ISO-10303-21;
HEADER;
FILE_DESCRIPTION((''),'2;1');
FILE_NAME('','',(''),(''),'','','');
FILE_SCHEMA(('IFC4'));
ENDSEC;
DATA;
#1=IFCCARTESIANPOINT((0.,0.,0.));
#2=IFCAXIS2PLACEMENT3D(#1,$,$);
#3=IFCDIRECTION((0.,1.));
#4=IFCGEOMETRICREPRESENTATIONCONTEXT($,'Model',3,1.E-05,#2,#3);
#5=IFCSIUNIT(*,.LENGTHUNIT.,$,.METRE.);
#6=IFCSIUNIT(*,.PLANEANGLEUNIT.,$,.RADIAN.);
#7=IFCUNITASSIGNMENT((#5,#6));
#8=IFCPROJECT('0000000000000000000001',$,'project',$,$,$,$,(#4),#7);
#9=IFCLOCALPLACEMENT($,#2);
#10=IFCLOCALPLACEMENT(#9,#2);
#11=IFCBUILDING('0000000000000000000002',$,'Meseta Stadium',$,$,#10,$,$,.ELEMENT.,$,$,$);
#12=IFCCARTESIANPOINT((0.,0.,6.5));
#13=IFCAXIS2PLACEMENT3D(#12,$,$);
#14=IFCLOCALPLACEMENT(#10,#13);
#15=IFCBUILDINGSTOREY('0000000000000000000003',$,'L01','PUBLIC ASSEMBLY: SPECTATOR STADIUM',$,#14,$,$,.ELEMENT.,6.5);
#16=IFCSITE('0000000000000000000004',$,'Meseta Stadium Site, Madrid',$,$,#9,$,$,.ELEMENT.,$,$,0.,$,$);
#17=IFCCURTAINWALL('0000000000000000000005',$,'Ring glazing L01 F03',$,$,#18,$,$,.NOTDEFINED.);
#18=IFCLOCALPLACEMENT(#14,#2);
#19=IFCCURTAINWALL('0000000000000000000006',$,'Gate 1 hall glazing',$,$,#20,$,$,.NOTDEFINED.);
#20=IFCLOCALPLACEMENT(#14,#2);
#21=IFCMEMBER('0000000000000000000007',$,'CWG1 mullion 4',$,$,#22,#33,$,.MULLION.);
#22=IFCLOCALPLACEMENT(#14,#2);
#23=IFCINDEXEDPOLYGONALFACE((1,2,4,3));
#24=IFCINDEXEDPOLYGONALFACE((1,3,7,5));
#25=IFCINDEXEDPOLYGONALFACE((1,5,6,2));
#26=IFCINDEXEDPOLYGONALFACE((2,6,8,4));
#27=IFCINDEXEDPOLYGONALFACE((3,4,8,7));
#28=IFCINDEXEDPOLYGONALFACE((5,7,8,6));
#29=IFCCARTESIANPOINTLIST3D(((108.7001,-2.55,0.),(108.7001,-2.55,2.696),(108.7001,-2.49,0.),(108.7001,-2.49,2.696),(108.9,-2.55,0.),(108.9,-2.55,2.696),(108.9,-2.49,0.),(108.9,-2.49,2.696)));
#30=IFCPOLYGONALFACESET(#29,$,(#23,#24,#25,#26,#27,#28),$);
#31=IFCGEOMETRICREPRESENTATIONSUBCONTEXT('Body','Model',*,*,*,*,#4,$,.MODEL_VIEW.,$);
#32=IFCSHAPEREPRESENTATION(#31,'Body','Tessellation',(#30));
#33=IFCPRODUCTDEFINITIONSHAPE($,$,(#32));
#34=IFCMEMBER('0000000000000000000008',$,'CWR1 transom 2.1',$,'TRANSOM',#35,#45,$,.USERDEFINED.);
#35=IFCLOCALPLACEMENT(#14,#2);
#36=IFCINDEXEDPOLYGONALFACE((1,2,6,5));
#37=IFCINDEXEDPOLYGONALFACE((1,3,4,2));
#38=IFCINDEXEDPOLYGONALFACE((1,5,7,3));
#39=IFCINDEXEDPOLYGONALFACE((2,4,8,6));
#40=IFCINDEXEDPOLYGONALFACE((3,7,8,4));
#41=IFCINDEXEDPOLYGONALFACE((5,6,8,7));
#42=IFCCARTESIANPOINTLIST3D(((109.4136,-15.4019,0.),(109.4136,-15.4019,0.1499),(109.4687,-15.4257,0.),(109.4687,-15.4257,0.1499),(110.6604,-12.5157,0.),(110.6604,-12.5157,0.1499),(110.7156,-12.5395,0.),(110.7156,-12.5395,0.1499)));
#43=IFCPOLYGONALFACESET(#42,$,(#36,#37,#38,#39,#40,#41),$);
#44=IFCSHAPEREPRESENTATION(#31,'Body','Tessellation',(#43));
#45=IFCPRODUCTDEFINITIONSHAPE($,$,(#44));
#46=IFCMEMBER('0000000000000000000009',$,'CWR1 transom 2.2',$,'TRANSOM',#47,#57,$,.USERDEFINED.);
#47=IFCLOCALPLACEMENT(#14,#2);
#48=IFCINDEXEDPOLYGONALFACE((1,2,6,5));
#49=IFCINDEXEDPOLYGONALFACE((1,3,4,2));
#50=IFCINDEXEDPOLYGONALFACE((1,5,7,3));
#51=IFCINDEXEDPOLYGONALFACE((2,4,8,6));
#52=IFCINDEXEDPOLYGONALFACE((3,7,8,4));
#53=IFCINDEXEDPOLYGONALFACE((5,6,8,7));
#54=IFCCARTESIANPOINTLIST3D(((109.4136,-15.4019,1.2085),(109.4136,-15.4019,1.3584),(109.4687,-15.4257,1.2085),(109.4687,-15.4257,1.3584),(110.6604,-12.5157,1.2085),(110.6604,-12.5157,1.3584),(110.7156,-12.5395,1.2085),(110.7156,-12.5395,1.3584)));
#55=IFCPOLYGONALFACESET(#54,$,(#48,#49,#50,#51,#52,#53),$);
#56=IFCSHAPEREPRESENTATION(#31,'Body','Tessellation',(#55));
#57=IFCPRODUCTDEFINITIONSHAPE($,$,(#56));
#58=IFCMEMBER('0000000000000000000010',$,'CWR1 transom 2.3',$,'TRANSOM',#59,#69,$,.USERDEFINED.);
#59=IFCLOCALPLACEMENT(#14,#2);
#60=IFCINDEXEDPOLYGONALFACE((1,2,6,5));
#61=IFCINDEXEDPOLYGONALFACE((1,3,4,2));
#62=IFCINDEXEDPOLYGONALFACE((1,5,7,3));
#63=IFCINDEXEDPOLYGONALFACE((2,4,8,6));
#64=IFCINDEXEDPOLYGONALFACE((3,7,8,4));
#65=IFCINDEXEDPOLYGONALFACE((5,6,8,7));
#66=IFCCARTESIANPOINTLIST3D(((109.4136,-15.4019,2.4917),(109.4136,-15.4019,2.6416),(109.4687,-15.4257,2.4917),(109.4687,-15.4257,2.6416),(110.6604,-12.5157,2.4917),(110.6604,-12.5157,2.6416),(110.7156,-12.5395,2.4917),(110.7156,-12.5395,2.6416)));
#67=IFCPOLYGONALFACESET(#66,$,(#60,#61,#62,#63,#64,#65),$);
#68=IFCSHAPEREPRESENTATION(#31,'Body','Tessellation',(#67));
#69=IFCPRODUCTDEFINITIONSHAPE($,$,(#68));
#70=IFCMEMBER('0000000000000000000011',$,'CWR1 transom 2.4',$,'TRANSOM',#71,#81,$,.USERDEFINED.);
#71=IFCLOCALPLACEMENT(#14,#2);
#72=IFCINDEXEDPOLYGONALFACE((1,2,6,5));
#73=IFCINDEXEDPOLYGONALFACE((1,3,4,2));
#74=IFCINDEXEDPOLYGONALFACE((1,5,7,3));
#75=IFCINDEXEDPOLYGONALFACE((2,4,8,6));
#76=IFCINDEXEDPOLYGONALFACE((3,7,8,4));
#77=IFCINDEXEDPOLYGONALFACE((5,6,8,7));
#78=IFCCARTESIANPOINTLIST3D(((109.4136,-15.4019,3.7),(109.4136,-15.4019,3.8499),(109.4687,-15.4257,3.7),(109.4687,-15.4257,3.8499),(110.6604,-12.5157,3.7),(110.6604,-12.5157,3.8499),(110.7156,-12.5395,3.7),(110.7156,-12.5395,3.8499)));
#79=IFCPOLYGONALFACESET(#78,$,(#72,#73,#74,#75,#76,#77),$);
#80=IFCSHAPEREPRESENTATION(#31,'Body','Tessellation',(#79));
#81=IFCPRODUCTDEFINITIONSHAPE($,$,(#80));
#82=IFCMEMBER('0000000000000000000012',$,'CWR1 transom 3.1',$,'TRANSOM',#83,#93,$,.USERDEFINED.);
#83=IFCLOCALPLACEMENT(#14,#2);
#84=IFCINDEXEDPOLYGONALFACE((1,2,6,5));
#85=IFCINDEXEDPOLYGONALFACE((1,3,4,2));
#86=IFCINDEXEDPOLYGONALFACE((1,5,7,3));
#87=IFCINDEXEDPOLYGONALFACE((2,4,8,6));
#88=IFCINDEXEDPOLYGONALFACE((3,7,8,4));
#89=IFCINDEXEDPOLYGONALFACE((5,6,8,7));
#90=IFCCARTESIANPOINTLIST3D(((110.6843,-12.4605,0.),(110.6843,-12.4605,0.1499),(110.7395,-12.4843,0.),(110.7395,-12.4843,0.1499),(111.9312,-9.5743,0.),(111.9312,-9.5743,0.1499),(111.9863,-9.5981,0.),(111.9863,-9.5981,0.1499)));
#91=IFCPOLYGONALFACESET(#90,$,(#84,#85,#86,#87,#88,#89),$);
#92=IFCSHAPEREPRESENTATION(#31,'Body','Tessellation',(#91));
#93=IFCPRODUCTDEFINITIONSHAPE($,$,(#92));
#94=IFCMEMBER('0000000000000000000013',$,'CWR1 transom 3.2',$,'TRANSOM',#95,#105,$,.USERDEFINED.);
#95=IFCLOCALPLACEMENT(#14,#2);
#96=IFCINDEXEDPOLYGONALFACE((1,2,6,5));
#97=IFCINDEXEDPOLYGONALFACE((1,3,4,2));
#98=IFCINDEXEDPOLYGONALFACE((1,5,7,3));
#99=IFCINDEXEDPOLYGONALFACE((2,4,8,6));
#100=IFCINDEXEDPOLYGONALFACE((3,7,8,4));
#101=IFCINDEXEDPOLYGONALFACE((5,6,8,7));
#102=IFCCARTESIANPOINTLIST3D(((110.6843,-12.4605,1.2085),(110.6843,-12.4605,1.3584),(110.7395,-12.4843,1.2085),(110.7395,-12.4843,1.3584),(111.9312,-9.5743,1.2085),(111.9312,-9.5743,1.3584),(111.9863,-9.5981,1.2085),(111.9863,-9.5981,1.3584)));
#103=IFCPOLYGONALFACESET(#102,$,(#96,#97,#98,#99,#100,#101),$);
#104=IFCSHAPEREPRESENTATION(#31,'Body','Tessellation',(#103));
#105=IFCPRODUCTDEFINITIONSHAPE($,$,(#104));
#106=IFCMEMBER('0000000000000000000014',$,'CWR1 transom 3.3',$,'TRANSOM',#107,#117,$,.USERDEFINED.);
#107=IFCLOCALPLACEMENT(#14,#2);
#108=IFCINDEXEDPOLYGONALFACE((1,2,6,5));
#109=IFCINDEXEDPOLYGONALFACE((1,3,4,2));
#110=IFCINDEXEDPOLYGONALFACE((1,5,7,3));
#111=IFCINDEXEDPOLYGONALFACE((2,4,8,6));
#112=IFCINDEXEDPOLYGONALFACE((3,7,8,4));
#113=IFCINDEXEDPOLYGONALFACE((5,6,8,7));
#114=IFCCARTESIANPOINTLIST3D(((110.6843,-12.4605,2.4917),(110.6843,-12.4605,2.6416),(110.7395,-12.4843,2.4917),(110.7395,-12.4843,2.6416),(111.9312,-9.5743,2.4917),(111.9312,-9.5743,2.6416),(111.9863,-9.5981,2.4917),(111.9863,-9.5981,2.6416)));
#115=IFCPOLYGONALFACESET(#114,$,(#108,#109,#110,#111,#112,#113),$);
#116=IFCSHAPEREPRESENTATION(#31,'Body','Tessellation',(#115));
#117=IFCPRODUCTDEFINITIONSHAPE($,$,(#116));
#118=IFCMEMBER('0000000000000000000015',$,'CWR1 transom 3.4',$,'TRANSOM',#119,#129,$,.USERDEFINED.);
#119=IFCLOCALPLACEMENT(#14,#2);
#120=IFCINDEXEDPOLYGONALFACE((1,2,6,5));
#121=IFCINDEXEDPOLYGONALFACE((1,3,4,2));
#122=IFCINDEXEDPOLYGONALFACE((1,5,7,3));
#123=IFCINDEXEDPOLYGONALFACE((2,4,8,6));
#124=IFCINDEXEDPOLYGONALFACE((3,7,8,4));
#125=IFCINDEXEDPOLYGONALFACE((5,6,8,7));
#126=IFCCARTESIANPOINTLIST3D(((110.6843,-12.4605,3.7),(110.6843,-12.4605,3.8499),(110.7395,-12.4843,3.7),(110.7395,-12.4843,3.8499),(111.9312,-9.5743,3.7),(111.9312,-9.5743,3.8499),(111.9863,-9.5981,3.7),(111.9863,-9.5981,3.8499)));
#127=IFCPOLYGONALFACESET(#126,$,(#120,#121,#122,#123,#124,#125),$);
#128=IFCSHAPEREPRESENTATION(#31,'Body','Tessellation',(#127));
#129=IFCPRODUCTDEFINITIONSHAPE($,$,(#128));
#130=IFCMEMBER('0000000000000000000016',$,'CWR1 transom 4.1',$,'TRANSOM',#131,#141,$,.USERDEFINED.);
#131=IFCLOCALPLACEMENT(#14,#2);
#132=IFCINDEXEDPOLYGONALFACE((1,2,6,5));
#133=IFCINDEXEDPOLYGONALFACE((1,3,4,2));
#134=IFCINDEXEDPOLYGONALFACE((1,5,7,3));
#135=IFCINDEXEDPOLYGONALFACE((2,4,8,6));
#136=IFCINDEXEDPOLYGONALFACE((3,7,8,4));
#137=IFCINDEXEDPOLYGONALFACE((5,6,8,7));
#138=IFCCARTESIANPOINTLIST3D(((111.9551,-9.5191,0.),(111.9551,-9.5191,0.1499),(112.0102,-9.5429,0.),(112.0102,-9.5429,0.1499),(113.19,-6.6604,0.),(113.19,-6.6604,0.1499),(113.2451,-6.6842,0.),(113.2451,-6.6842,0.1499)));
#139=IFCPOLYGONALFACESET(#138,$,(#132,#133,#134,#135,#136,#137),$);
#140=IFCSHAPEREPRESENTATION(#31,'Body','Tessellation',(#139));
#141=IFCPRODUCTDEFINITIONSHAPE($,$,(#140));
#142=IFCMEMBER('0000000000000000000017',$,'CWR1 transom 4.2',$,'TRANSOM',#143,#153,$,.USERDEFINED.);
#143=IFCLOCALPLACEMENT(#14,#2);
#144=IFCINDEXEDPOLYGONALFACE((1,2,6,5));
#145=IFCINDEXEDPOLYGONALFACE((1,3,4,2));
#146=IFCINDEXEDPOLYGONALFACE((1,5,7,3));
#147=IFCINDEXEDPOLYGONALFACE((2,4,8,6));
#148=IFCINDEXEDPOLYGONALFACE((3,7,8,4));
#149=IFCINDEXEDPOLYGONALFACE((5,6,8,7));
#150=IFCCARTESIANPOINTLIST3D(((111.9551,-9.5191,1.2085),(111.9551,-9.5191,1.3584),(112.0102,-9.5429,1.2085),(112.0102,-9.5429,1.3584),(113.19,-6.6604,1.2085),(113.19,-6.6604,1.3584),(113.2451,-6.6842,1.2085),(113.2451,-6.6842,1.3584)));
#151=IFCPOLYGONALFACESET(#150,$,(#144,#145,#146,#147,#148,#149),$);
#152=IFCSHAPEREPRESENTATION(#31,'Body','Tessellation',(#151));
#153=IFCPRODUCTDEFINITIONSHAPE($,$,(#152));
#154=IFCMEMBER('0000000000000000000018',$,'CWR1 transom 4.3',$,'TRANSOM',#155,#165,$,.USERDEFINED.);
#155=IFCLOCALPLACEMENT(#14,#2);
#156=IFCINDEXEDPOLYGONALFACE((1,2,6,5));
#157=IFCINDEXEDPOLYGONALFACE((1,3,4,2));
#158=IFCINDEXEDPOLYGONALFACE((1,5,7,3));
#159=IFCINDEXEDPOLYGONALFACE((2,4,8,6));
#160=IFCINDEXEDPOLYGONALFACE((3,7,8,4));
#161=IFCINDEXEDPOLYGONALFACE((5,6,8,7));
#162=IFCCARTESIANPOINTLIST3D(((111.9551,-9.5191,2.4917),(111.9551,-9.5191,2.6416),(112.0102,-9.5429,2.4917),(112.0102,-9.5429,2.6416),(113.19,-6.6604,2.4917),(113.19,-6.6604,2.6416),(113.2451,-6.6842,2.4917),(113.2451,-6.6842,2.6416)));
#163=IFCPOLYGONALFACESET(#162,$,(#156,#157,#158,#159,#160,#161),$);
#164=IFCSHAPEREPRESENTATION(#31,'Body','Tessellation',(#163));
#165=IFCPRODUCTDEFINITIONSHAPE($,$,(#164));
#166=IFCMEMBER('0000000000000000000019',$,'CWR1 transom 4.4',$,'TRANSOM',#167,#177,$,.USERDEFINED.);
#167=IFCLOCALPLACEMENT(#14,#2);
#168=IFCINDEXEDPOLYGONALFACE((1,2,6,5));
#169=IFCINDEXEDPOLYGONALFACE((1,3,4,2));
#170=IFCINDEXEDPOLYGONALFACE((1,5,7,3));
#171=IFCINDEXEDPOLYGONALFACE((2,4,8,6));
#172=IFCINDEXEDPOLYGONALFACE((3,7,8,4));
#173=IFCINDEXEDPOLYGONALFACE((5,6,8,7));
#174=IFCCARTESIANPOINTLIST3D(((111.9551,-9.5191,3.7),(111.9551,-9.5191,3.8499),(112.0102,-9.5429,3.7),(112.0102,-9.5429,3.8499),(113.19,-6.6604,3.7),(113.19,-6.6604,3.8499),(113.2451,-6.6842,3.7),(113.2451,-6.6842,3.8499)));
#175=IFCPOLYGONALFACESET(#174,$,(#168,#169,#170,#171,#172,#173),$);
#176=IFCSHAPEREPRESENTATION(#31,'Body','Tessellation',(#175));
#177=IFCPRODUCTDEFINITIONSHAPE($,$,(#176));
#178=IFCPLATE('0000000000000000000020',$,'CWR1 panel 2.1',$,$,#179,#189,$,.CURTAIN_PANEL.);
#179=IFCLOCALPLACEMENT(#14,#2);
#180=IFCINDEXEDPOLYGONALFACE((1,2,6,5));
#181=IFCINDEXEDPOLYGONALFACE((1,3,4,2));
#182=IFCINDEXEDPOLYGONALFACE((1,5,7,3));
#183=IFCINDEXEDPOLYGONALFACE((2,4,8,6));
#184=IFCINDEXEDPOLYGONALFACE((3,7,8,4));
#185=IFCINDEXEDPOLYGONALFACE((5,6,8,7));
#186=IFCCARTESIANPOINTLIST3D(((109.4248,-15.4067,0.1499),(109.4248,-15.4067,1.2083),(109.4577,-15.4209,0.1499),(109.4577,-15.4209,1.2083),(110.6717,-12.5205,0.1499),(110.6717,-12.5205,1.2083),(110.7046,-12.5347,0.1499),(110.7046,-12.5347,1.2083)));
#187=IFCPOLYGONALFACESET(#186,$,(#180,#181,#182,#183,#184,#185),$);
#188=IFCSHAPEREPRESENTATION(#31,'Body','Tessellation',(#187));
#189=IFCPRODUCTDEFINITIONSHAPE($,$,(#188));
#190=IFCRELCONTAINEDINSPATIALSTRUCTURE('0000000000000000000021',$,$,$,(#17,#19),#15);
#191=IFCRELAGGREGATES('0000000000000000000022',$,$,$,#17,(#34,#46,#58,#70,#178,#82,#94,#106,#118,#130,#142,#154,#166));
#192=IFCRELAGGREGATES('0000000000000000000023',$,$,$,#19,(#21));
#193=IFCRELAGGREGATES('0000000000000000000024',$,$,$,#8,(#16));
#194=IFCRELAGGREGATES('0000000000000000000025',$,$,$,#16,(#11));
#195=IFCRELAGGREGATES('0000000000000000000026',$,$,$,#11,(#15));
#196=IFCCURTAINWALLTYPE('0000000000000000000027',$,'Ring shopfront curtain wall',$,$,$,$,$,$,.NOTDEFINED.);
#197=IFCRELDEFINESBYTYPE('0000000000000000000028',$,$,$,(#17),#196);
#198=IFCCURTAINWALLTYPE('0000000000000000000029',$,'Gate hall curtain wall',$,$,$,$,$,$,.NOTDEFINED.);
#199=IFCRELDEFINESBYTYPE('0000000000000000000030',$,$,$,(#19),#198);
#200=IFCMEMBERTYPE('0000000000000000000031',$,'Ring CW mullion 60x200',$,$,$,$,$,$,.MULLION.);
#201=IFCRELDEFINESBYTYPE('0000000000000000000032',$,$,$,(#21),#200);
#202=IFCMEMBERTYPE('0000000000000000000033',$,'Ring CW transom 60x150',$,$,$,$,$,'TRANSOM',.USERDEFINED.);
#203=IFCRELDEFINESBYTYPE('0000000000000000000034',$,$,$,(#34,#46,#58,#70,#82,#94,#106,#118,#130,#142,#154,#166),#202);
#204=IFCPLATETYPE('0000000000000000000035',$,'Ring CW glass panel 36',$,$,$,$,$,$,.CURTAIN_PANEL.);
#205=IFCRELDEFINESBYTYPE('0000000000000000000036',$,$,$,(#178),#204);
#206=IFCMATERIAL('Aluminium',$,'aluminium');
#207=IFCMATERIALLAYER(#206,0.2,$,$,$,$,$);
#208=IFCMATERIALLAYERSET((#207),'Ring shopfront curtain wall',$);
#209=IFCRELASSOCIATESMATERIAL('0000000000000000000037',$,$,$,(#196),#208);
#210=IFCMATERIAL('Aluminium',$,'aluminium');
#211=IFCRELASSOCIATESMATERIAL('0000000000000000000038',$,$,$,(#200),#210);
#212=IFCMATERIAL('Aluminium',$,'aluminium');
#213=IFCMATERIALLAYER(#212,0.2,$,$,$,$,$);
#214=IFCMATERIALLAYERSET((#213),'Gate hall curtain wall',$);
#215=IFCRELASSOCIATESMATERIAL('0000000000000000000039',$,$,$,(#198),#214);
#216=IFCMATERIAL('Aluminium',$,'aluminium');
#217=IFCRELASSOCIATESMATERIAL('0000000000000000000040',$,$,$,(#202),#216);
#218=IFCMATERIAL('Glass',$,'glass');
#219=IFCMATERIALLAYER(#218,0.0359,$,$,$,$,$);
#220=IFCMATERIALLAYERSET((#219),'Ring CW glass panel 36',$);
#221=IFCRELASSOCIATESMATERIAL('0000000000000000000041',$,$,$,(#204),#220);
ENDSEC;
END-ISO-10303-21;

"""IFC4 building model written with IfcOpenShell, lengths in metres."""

from ifc_helpers import new_model, si_unit, direction, frame, origin, origin_2d, place, context, subcontext, project, spatial, rectangle, extrude, material, layer, layer_set, material_profile, profile_set, type_object, element, aggregate, save


model = new_model("IFC4")

# Units and contexts
model_context = context("Model", 3, precision=1e-05, world=origin(), true_north=direction((0.0, 1.0)))
body_context = subcontext(model_context, "Body", "Model", "MODEL_VIEW")
ifc_project = project(units=[si_unit("LENGTHUNIT", "METRE"), si_unit("PLANEANGLEUNIT", "RADIAN")], contexts=[model_context])

# Site, building, storey
site_placement = place(None, origin())
site = spatial("IfcSite", under=ifc_project, at=site_placement, Name="Meseta Stadium Site, Madrid", CompositionType="ELEMENT", RefElevation=0.0)
building_placement = place(site_placement, origin())
building = spatial("IfcBuilding", under=site, at=building_placement, Name="Meseta Stadium", CompositionType="ELEMENT")
storey_placement = place(building_placement, frame((0.0, 0.0, 6.5)))
storey = spatial("IfcBuildingStorey", under=building, at=storey_placement, Name="L01", Description="PUBLIC ASSEMBLY: SPECTATOR STADIUM", CompositionType="ELEMENT", Elevation=6.5)

# Curtain wall
ifc_material_1 = material(Name="Aluminium", Category="aluminium")
ifc_layer_1 = layer(ifc_material_1, 0.2)
ifc_layer_set_1 = layer_set([ifc_layer_1], Name="Ring shopfront curtain wall")
curtain_wall_type_1 = type_object("IfcCurtainWallType", Name="Ring shopfront curtain wall", PredefinedType="NOTDEFINED", material=ifc_layer_set_1)
curtain_wall_1_placement = place(storey_placement, origin())
curtain_wall_1 = element("IfcCurtainWall", 1, at=curtain_wall_1_placement, inside=storey, type_object=curtain_wall_type_1, Name="Ring glazing L01 F03", PredefinedType="NOTDEFINED")
ifc_material_2 = material(Name="Aluminium", Category="aluminium")
ifc_material_profile_1 = material_profile(ifc_material_2, rectangle(XDim=0.2, YDim=0.0601, at=origin_2d()), Name="CW 200x60")
ifc_profile_set_1 = profile_set([ifc_material_profile_1], Name="Aluminium")
member_type_1 = type_object("IfcMemberType", Name="Ring CW mullion 60x200", PredefinedType="MULLION", material=ifc_profile_set_1)

# Curtain wall, member
ifc_material_3 = material(Name="Aluminium", Category="aluminium")
ifc_layer_2 = layer(ifc_material_3, 0.2)
ifc_layer_set_2 = layer_set([ifc_layer_2], Name="Gate hall curtain wall")
curtain_wall_type_2 = type_object("IfcCurtainWallType", Name="Gate hall curtain wall", PredefinedType="NOTDEFINED", material=ifc_layer_set_2)
curtain_wall_2_placement = place(storey_placement, origin())
curtain_wall_2 = element("IfcCurtainWall", 2, at=curtain_wall_2_placement, inside=storey, type_object=curtain_wall_type_2, Name="Gate 1 hall glazing", PredefinedType="NOTDEFINED")
member_1_placement = place(storey_placement, frame((108.8, -2.52, 0.0), z_axis=(0.0, 0.0, 1.0), x_axis=(1.0, 0.0, 0.0)))
member_1 = element("IfcMember", 3, at=member_1_placement, type_object=member_type_1, Name="CWG1 mullion 4", PredefinedType="MULLION", context=body_context, shape_type="SweptSolid", body=[
    extrude(rectangle(XDim=0.2, YDim=0.0601, at=origin_2d()), origin(), (0.0, 0.0, 1.0), 2.696),
])

# Members
ifc_material_4 = material(Name="Aluminium", Category="aluminium")
ifc_material_profile_2 = material_profile(ifc_material_4, rectangle(XDim=0.0601, YDim=0.1499, at=origin_2d()), Name="CW 60x150")
ifc_profile_set_2 = profile_set([ifc_material_profile_2], Name="Aluminium")
member_type_2 = type_object("IfcMemberType", Name="Ring CW transom 60x150", ElementType="TRANSOM", PredefinedType="USERDEFINED", material=ifc_profile_set_2)
member_2_placement = place(storey_placement, frame((109.4412, -15.4138, 0.075), z_axis=(0.39657, 0.918005, 0.0), x_axis=(-0.918005, 0.39657, 0.0)))
member_2 = element("IfcMember", 4, at=member_2_placement, type_object=member_type_2, Name="CWR1 transom 2.1", ObjectType="TRANSOM", PredefinedType="USERDEFINED", context=body_context, shape_type="SweptSolid", body=[
    extrude(rectangle(XDim=0.0601, YDim=0.1499, at=origin_2d()), origin(), (0.0, 0.0, 1.0), 3.144),
])
member_3_placement = place(storey_placement, frame((109.4412, -15.4138, 1.2834), z_axis=(0.39657, 0.918005, 0.0), x_axis=(-0.918005, 0.39657, 0.0)))
member_3 = element("IfcMember", 5, at=member_3_placement, type_object=member_type_2, Name="CWR1 transom 2.2", ObjectType="TRANSOM", PredefinedType="USERDEFINED", context=body_context, shape_type="SweptSolid", body=[
    extrude(rectangle(XDim=0.0601, YDim=0.1499, at=origin_2d()), origin(), (0.0, 0.0, 1.0), 3.144),
])
member_4_placement = place(storey_placement, frame((109.4412, -15.4138, 2.5667), z_axis=(0.39657, 0.918005, 0.0), x_axis=(-0.918005, 0.39657, 0.0)))
member_4 = element("IfcMember", 6, at=member_4_placement, type_object=member_type_2, Name="CWR1 transom 2.3", ObjectType="TRANSOM", PredefinedType="USERDEFINED", context=body_context, shape_type="SweptSolid", body=[
    extrude(rectangle(XDim=0.0601, YDim=0.1499, at=origin_2d()), origin(), (0.0, 0.0, 1.0), 3.144),
])
member_5_placement = place(storey_placement, frame((109.4412, -15.4138, 3.7749), z_axis=(0.39657, 0.918005, 0.0), x_axis=(-0.918005, 0.39657, 0.0)))
member_5 = element("IfcMember", 7, at=member_5_placement, type_object=member_type_2, Name="CWR1 transom 2.4", ObjectType="TRANSOM", PredefinedType="USERDEFINED", context=body_context, shape_type="SweptSolid", body=[
    extrude(rectangle(XDim=0.0601, YDim=0.1499, at=origin_2d()), origin(), (0.0, 0.0, 1.0), 3.144),
])
member_6_placement = place(storey_placement, frame((110.7119, -12.4724, 0.075), z_axis=(0.39657, 0.918005, 0.0), x_axis=(-0.918005, 0.39657, 0.0)))
member_6 = element("IfcMember", 8, at=member_6_placement, type_object=member_type_2, Name="CWR1 transom 3.1", ObjectType="TRANSOM", PredefinedType="USERDEFINED", context=body_context, shape_type="SweptSolid", body=[
    extrude(rectangle(XDim=0.0601, YDim=0.1499, at=origin_2d()), origin(), (0.0, 0.0, 1.0), 3.144),
])
member_7_placement = place(storey_placement, frame((110.7119, -12.4724, 1.2834), z_axis=(0.39657, 0.918005, 0.0), x_axis=(-0.918005, 0.39657, 0.0)))
member_7 = element("IfcMember", 9, at=member_7_placement, type_object=member_type_2, Name="CWR1 transom 3.2", ObjectType="TRANSOM", PredefinedType="USERDEFINED", context=body_context, shape_type="SweptSolid", body=[
    extrude(rectangle(XDim=0.0601, YDim=0.1499, at=origin_2d()), origin(), (0.0, 0.0, 1.0), 3.144),
])
member_8_placement = place(storey_placement, frame((110.7119, -12.4724, 2.5667), z_axis=(0.39657, 0.918005, 0.0), x_axis=(-0.918005, 0.39657, 0.0)))
member_8 = element("IfcMember", 10, at=member_8_placement, type_object=member_type_2, Name="CWR1 transom 3.3", ObjectType="TRANSOM", PredefinedType="USERDEFINED", context=body_context, shape_type="SweptSolid", body=[
    extrude(rectangle(XDim=0.0601, YDim=0.1499, at=origin_2d()), origin(), (0.0, 0.0, 1.0), 3.144),
])
member_9_placement = place(storey_placement, frame((110.7119, -12.4724, 3.7749), z_axis=(0.39657, 0.918005, 0.0), x_axis=(-0.918005, 0.39657, 0.0)))
member_9 = element("IfcMember", 11, at=member_9_placement, type_object=member_type_2, Name="CWR1 transom 3.4", ObjectType="TRANSOM", PredefinedType="USERDEFINED", context=body_context, shape_type="SweptSolid", body=[
    extrude(rectangle(XDim=0.0601, YDim=0.1499, at=origin_2d()), origin(), (0.0, 0.0, 1.0), 3.144),
])
member_10_placement = place(storey_placement, frame((111.9827, -9.531, 0.075), z_axis=(0.396558, 0.91801, 0.0), x_axis=(-0.91801, 0.396558, 0.0)))
member_10 = element("IfcMember", 12, at=member_10_placement, type_object=member_type_2, Name="CWR1 transom 4.1", ObjectType="TRANSOM", PredefinedType="USERDEFINED", context=body_context, shape_type="SweptSolid", body=[
    extrude(rectangle(XDim=0.0601, YDim=0.1499, at=origin_2d()), origin(), (0.0, 0.0, 1.0), 3.114),
])
member_11_placement = place(storey_placement, frame((111.9827, -9.531, 1.2834), z_axis=(0.396558, 0.91801, 0.0), x_axis=(-0.91801, 0.396558, 0.0)))
member_11 = element("IfcMember", 13, at=member_11_placement, type_object=member_type_2, Name="CWR1 transom 4.2", ObjectType="TRANSOM", PredefinedType="USERDEFINED", context=body_context, shape_type="SweptSolid", body=[
    extrude(rectangle(XDim=0.0601, YDim=0.1499, at=origin_2d()), origin(), (0.0, 0.0, 1.0), 3.114),
])
member_12_placement = place(storey_placement, frame((111.9827, -9.531, 2.5667), z_axis=(0.396558, 0.91801, 0.0), x_axis=(-0.91801, 0.396558, 0.0)))
member_12 = element("IfcMember", 14, at=member_12_placement, type_object=member_type_2, Name="CWR1 transom 4.3", ObjectType="TRANSOM", PredefinedType="USERDEFINED", context=body_context, shape_type="SweptSolid", body=[
    extrude(rectangle(XDim=0.0601, YDim=0.1499, at=origin_2d()), origin(), (0.0, 0.0, 1.0), 3.114),
])
member_13_placement = place(storey_placement, frame((111.9827, -9.531, 3.7749), z_axis=(0.396558, 0.91801, 0.0), x_axis=(-0.91801, 0.396558, 0.0)))
member_13 = element("IfcMember", 15, at=member_13_placement, type_object=member_type_2, Name="CWR1 transom 4.4", ObjectType="TRANSOM", PredefinedType="USERDEFINED", context=body_context, shape_type="SweptSolid", body=[
    extrude(rectangle(XDim=0.0601, YDim=0.1499, at=origin_2d()), origin(), (0.0, 0.0, 1.0), 3.114),
])

# Plate
ifc_material_5 = material(Name="Glass", Category="glass")
ifc_layer_3 = layer(ifc_material_5, 0.0359)
ifc_layer_set_3 = layer_set([ifc_layer_3], Name="Ring CW glass panel 36")
plate_type_1 = type_object("IfcPlateType", Name="Ring CW glass panel 36", PredefinedType="CURTAIN_PANEL", material=ifc_layer_set_3)
plate_1_placement = place(storey_placement, frame((110.0647, -13.9707, 0.1499), z_axis=(0.0, 0.0, 1.0), x_axis=(0.396581, 0.918, 0.0)))
plate_1 = element("IfcPlate", 16, at=plate_1_placement, type_object=plate_type_1, Name="CWR1 panel 2.1", PredefinedType="CURTAIN_PANEL", context=body_context, shape_type="SweptSolid", body=[
    extrude(rectangle(XDim=3.144, YDim=0.0359, at=origin_2d()), origin(), (0.0, 0.0, 1.0), 1.0583),
])
aggregate(curtain_wall_1, [member_2, member_3, member_4, member_5, plate_1, member_6, member_7, member_8, member_9, member_10, member_11, member_12, member_13])
aggregate(curtain_wall_2, [member_1])

save(model, "model.ifc")
